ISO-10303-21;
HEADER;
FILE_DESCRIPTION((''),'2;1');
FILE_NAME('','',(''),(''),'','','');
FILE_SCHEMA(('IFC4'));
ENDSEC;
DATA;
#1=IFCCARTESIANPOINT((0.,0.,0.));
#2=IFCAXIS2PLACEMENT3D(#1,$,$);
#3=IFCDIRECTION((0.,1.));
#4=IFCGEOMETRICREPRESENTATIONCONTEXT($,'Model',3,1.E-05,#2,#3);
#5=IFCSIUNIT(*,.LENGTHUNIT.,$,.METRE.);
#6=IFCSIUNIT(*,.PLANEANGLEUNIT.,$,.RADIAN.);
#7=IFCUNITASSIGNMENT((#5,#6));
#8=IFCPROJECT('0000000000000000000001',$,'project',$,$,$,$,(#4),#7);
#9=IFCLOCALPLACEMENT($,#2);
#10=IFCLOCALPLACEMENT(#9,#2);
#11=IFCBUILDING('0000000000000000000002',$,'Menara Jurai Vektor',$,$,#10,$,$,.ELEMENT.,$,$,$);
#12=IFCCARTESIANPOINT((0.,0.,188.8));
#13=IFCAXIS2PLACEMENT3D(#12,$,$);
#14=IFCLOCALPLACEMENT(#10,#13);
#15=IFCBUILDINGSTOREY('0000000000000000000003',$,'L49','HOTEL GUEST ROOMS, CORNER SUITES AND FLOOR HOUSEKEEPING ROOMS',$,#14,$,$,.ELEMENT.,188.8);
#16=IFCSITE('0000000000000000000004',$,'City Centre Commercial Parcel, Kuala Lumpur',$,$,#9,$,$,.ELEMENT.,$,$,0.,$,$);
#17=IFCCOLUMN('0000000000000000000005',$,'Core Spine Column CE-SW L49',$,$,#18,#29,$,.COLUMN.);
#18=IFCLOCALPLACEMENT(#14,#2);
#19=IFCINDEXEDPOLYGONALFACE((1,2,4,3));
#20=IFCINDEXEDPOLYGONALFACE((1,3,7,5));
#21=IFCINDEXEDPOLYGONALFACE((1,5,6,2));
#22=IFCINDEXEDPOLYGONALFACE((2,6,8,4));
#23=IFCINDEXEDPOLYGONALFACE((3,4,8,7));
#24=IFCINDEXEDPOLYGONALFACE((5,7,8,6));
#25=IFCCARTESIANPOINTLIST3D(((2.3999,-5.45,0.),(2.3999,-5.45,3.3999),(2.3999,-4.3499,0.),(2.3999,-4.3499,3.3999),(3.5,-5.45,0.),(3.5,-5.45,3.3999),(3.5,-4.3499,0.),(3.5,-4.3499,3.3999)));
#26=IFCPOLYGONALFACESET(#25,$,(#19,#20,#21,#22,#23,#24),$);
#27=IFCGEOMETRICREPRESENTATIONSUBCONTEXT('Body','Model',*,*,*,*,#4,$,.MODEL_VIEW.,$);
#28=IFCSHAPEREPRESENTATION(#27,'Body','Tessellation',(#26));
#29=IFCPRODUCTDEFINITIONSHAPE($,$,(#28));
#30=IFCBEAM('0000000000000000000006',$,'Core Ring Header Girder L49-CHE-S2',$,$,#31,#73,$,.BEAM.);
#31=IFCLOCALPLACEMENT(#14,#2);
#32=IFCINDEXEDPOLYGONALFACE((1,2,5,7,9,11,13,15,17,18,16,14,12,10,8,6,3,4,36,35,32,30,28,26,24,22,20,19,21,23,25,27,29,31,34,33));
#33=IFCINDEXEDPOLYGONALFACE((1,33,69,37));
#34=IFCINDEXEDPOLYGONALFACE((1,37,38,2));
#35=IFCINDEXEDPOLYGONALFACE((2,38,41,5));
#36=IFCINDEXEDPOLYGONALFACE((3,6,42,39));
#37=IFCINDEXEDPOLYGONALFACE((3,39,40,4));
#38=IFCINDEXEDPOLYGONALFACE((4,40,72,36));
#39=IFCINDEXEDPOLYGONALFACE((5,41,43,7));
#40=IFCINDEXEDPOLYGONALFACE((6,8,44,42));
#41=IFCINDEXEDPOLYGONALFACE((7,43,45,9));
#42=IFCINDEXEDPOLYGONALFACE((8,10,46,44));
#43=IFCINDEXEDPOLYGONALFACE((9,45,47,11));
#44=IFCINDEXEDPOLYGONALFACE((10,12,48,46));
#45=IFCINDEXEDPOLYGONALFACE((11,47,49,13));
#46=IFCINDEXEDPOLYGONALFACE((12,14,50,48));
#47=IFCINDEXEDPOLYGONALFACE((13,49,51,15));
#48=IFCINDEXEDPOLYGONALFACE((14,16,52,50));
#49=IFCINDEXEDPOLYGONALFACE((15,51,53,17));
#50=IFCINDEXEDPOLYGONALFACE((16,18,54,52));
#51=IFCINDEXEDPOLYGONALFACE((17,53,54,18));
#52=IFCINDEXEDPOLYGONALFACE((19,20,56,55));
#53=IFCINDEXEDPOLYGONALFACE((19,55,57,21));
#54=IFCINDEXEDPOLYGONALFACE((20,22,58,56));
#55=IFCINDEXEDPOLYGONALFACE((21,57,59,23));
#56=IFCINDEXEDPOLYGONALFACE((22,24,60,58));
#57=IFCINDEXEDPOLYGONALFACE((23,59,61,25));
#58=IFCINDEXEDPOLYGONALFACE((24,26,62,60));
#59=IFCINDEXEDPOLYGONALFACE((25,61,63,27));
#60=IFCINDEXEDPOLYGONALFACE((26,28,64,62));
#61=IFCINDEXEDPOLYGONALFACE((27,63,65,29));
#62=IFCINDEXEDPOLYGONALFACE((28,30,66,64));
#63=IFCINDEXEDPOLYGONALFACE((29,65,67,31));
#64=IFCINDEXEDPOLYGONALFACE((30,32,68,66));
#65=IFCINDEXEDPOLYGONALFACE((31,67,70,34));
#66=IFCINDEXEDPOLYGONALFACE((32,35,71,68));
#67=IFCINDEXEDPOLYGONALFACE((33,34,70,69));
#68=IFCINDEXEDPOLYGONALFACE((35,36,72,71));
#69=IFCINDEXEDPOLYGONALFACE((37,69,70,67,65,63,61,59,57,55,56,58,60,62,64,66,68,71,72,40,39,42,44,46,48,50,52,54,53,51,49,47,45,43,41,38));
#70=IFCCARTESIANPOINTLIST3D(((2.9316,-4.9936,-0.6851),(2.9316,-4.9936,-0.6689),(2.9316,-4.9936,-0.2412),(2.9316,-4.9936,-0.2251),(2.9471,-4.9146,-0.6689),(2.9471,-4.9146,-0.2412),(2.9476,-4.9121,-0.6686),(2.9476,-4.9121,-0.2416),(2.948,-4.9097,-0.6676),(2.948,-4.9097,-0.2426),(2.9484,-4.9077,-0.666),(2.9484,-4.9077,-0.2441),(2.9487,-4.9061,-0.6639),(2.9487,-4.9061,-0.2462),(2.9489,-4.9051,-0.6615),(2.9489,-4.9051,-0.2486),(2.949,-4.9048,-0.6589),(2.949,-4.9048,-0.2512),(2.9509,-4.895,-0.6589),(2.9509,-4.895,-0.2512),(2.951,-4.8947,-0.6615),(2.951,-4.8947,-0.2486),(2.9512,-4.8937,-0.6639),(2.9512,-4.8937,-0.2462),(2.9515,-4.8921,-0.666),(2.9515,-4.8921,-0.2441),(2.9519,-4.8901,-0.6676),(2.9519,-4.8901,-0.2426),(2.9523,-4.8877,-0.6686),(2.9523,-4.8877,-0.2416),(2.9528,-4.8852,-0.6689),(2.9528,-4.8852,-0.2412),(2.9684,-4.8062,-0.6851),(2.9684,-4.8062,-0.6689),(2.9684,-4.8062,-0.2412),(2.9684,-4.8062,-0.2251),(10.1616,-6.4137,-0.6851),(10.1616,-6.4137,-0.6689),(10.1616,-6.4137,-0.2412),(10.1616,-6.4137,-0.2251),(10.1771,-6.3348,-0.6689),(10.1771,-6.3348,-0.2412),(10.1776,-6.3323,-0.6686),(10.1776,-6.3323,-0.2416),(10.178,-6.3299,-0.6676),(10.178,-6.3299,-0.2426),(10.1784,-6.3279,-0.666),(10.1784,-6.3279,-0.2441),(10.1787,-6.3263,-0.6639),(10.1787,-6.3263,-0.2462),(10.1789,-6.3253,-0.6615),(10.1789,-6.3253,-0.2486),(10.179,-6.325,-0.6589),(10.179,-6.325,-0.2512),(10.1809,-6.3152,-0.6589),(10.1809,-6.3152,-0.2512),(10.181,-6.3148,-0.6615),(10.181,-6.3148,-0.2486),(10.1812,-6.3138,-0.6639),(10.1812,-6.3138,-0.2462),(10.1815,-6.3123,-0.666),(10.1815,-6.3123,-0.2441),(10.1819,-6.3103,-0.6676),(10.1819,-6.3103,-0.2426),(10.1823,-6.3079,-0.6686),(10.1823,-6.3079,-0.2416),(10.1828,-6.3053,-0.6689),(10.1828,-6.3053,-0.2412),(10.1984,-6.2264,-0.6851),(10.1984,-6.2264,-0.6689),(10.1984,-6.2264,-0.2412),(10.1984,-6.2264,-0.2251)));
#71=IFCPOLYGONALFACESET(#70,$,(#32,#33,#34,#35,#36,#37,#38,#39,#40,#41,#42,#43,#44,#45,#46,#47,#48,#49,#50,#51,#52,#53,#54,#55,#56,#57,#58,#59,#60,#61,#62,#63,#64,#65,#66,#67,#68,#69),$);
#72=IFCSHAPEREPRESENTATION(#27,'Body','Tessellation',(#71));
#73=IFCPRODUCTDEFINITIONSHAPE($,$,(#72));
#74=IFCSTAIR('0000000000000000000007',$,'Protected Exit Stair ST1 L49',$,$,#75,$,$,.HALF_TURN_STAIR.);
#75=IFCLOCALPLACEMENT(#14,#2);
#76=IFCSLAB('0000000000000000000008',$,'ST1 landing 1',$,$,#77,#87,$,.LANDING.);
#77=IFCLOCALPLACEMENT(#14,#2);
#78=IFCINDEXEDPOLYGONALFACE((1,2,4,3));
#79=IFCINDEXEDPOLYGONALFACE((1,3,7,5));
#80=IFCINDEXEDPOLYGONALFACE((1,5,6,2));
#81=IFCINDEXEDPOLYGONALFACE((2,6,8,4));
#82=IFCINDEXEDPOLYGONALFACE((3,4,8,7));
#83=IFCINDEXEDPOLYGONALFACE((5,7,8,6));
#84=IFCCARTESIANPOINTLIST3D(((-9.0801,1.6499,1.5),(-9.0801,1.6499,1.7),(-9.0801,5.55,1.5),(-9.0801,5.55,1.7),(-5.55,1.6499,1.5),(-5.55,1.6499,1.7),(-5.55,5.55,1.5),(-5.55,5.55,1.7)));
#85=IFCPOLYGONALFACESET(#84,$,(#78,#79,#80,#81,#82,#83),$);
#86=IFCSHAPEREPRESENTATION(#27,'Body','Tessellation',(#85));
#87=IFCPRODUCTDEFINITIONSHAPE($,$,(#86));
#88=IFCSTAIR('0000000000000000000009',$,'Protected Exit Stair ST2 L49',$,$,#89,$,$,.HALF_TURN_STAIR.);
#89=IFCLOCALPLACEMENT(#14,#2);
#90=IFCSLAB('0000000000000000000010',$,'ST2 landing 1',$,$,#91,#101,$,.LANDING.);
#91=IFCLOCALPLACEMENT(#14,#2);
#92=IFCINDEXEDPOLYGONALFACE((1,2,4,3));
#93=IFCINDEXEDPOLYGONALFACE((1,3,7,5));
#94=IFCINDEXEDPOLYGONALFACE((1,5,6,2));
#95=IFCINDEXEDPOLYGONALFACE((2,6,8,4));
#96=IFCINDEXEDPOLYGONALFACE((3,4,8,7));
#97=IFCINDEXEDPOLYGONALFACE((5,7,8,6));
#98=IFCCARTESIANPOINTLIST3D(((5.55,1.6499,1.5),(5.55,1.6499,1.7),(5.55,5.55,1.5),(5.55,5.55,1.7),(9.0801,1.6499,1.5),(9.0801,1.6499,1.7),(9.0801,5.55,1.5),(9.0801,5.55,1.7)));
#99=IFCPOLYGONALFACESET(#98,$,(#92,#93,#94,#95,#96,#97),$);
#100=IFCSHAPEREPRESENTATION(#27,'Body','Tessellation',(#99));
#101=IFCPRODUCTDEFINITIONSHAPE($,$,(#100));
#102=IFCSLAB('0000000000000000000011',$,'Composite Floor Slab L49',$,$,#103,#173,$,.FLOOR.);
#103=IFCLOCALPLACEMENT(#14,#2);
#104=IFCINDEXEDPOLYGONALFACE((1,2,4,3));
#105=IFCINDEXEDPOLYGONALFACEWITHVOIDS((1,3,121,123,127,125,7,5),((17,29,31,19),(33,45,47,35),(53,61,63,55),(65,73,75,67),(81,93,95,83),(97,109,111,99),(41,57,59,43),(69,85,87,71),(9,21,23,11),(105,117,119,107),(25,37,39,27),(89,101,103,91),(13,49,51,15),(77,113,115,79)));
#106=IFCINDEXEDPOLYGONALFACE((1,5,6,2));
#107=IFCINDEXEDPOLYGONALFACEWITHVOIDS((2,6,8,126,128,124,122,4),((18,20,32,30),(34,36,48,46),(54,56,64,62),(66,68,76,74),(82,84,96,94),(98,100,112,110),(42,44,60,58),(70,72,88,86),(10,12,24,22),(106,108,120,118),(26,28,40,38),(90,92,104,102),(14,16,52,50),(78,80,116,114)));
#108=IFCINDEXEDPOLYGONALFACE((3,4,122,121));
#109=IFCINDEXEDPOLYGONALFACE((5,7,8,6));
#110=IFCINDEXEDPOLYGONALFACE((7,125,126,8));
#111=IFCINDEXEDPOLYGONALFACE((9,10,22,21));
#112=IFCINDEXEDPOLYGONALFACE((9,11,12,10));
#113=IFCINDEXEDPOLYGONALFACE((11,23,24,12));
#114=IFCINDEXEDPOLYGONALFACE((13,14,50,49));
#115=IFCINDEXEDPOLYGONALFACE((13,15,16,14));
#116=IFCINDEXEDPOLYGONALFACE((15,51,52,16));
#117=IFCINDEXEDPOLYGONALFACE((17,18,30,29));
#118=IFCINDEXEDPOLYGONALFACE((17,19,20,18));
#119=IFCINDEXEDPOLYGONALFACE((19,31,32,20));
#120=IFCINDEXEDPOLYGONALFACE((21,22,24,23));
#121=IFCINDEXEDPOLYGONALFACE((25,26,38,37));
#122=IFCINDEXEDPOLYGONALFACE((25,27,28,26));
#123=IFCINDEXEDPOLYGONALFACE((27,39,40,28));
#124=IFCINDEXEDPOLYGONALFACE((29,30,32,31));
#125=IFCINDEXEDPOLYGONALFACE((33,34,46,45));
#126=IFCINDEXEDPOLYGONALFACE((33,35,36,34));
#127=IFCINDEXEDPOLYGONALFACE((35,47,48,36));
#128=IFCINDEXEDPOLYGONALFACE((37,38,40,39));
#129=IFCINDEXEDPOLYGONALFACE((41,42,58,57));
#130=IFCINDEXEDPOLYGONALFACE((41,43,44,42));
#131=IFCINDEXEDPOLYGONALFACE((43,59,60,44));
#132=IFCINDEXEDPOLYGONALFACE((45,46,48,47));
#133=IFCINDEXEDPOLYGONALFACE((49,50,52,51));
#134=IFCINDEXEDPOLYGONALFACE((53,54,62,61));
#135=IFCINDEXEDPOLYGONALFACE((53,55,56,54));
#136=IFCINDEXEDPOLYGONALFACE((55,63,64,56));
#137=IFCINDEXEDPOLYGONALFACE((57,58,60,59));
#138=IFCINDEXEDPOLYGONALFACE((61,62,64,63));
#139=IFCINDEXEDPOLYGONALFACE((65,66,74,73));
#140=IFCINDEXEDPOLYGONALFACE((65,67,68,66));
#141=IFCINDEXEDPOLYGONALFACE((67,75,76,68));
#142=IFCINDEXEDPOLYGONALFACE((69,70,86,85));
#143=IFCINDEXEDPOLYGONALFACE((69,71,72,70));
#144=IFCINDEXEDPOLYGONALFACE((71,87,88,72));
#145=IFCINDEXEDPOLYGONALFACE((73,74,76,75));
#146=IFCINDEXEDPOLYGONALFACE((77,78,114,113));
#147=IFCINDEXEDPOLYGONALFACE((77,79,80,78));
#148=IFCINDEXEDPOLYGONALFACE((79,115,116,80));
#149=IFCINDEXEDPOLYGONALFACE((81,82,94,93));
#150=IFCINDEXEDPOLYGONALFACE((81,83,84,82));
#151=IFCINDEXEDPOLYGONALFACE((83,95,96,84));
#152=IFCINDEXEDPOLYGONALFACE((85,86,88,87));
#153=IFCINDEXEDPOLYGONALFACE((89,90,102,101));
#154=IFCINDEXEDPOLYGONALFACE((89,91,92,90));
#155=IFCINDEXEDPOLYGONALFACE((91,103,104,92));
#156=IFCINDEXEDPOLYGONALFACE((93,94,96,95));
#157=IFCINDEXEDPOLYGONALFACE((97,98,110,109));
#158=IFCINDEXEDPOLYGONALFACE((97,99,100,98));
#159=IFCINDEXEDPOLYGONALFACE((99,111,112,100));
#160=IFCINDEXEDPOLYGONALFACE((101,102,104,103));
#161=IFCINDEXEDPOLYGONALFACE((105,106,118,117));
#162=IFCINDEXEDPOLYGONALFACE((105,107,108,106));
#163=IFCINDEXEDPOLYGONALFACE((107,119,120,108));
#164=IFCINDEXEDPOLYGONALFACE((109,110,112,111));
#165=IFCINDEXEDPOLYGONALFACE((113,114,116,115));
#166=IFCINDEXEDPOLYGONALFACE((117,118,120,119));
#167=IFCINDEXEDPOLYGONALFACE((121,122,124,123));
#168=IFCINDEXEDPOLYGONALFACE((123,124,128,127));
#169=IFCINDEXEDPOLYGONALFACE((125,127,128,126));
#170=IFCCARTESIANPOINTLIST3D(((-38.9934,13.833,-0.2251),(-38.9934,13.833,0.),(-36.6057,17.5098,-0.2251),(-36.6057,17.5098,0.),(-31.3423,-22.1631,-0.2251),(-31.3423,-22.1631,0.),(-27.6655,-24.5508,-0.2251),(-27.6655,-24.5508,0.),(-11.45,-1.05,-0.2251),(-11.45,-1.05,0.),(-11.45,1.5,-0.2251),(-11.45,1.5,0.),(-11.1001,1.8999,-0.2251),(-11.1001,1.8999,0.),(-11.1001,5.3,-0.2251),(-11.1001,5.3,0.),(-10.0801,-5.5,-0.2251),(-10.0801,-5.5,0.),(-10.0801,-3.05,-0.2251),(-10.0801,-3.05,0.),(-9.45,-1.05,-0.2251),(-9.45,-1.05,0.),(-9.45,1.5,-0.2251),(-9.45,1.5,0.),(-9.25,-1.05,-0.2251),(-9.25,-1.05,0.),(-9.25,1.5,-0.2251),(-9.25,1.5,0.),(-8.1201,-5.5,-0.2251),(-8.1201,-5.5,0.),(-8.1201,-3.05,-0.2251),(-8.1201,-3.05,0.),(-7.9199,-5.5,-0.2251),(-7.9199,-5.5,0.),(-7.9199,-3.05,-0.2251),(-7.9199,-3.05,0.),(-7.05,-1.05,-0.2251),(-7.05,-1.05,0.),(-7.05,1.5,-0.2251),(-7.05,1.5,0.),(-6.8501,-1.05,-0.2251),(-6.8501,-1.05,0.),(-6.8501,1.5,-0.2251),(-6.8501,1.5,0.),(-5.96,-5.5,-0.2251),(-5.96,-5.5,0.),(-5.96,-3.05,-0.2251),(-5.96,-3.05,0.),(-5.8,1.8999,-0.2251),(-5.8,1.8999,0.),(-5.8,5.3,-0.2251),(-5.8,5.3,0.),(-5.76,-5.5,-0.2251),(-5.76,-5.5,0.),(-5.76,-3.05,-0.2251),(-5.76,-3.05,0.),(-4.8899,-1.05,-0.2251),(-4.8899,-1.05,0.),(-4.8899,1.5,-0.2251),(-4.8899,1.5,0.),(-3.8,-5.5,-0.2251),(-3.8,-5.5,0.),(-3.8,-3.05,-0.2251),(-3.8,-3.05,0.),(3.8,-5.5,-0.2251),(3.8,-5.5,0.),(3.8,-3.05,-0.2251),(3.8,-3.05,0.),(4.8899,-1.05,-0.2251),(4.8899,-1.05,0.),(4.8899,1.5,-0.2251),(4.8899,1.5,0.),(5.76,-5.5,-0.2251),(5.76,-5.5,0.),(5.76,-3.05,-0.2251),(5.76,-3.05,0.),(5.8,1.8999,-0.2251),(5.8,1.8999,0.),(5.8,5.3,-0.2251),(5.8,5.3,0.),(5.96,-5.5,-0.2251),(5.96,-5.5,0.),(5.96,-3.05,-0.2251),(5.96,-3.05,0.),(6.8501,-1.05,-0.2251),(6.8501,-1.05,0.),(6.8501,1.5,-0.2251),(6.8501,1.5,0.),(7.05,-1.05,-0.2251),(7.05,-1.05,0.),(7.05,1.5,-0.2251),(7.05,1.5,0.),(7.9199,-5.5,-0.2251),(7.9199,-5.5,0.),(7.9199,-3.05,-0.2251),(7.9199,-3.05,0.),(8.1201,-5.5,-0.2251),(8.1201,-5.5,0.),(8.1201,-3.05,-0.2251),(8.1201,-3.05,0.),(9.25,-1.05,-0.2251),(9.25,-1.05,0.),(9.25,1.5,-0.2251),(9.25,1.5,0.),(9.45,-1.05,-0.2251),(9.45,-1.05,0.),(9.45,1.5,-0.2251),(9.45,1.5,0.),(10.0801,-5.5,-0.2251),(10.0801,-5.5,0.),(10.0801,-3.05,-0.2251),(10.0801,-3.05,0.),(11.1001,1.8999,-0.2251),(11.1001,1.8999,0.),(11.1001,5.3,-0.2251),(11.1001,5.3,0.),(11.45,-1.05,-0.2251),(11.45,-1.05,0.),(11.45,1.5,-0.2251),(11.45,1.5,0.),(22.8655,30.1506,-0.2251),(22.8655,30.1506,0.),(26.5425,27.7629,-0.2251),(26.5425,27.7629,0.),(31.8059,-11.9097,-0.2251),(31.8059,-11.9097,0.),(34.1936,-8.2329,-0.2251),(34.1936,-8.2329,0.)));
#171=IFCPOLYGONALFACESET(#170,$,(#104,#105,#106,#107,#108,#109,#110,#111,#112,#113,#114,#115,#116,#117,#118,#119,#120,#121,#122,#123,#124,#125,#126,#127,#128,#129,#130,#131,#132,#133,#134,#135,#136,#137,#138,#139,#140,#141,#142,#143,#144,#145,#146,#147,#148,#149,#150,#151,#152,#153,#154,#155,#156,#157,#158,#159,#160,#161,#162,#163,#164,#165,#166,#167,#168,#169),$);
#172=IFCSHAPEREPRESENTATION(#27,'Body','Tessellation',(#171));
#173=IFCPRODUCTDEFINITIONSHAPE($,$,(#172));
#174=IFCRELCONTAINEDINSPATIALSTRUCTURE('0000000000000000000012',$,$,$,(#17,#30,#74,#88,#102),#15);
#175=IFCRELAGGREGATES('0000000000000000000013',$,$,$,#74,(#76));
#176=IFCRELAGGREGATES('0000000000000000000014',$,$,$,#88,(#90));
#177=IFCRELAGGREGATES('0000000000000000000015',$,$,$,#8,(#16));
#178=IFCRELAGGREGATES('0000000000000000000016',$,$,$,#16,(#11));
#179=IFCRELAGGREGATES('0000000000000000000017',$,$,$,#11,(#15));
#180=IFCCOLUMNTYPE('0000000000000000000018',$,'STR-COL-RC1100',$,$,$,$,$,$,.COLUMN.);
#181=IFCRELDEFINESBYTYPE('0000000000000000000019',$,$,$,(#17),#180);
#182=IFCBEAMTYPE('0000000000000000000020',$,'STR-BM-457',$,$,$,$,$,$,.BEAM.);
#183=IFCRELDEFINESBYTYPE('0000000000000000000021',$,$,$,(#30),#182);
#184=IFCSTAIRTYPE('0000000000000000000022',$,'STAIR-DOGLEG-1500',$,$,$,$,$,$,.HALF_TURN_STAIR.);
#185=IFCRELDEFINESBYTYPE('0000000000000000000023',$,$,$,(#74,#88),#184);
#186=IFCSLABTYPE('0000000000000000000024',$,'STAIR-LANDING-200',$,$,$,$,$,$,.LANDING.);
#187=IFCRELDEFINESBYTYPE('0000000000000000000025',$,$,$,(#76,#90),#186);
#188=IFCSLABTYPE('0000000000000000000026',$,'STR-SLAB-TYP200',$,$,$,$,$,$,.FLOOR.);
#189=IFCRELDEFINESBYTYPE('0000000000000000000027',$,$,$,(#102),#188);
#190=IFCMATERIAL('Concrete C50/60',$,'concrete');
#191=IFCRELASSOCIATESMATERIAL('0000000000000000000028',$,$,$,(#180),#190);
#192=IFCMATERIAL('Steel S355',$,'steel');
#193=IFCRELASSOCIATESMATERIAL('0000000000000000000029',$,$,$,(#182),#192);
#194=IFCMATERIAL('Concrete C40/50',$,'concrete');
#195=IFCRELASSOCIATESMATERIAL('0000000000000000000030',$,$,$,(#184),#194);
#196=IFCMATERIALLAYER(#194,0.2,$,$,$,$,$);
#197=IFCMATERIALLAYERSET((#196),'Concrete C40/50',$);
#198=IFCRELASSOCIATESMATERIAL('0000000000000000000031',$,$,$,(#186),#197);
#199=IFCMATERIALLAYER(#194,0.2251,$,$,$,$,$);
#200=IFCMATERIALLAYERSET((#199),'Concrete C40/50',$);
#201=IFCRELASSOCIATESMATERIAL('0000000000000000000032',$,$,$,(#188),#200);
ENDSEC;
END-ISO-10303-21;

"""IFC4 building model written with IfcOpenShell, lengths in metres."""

from ifc_helpers import new_model, si_unit, direction, frame, origin, origin_2d, place, context, subcontext, project, spatial, polyline, rectangle, i_section, outline, extrude, material, layer, layer_set, material_profile, profile_set, type_object, element, aggregate, save


model = new_model("IFC4")

# Units and contexts
model_context = context("Model", 3, precision=1e-05, world=origin(), true_north=direction((0.0, 1.0)))
body_context = subcontext(model_context, "Body", "Model", "MODEL_VIEW")
ifc_project = project(units=[si_unit("LENGTHUNIT", "METRE"), si_unit("PLANEANGLEUNIT", "RADIAN")], contexts=[model_context])

# Site, building, storey
site_placement = place(None, origin())
site = spatial("IfcSite", under=ifc_project, at=site_placement, Name="City Centre Commercial Parcel, Kuala Lumpur", CompositionType="ELEMENT", RefElevation=0.0)
building_placement = place(site_placement, origin())
building = spatial("IfcBuilding", under=site, at=building_placement, Name="Menara Jurai Vektor", CompositionType="ELEMENT")
storey_placement = place(building_placement, frame((0.0, 0.0, 188.8)))
storey = spatial("IfcBuildingStorey", under=building, at=storey_placement, Name="L49", Description="HOTEL GUEST ROOMS, CORNER SUITES AND FLOOR HOUSEKEEPING ROOMS", CompositionType="ELEMENT", Elevation=188.8)

# Column
ifc_material_1 = material(Name="Concrete C50/60", Category="concrete")
ifc_material_profile_1 = material_profile(ifc_material_1, rectangle(XDim=1.1001, YDim=1.1001, at=origin_2d()), Name="RC 1100x1100")
ifc_profile_set_1 = profile_set([ifc_material_profile_1], Name="Concrete C50/60")
column_type = type_object("IfcColumnType", Name="STR-COL-RC1100", PredefinedType="COLUMN", material=ifc_profile_set_1)
column_placement = place(storey_placement, frame((2.95, -4.8999, 0.0), z_axis=(0.0, 0.0, 1.0), x_axis=(1.0, 0.0, 0.0)))
element("IfcColumn", 1, at=column_placement, inside=storey, type_object=column_type, Name="Core Spine Column CE-SW L49", PredefinedType="COLUMN", context=body_context, shape_type="SweptSolid", body=[
    extrude(rectangle(XDim=1.1001, YDim=1.1001, at=origin_2d()), origin(), (0.0, 0.0, 1.0), 3.3999),
])

# Beam
ifc_material_2 = material(Name="Steel S355", Category="steel")
ifc_material_profile_2 = material_profile(ifc_material_2, i_section(OverallWidth=0.1909, OverallDepth=0.46, WebThickness=0.01, FlangeThickness=0.0161, FilletRadius=0.01, at=origin_2d()), Name="UKB 457x191x82")
ifc_profile_set_2 = profile_set([ifc_material_profile_2], Name="Steel S355")
beam_type = type_object("IfcBeamType", Name="STR-BM-457", PredefinedType="BEAM", material=ifc_profile_set_2)
beam_placement = place(storey_placement, frame((2.95, -4.8999, -0.4551), z_axis=(0.981249, -0.192744, 0.0), x_axis=(0.192744, 0.981249, 0.0)))
element("IfcBeam", 2, at=beam_placement, inside=storey, type_object=beam_type, Name="Core Ring Header Girder L49-CHE-S2", PredefinedType="BEAM", context=body_context, shape_type="SweptSolid", body=[
    extrude(i_section(OverallWidth=0.1909, OverallDepth=0.46, WebThickness=0.01, FlangeThickness=0.0161, FilletRadius=0.01, at=origin_2d()), origin(), (0.0, 0.0, 1.0), 7.3682),
])

# Stairs, slabs
ifc_material_3 = material(Name="Concrete C40/50", Category="concrete")
stair_type = type_object("IfcStairType", Name="STAIR-DOGLEG-1500", PredefinedType="HALF_TURN_STAIR", material=ifc_material_3)
stair_1_placement = place(storey_placement, origin())
stair_1 = element("IfcStair", 3, at=stair_1_placement, inside=storey, type_object=stair_type, Name="Protected Exit Stair ST1 L49", PredefinedType="HALF_TURN_STAIR")
ifc_layer_1 = layer(ifc_material_3, 0.2)
ifc_layer_set_1 = layer_set([ifc_layer_1], Name="Concrete C40/50")
slab_type_1 = type_object("IfcSlabType", Name="STAIR-LANDING-200", PredefinedType="LANDING", material=ifc_layer_set_1)
slab_1_placement = place(storey_placement, frame((0.0, 0.0, 1.5)))
slab_1 = element("IfcSlab", 4, at=slab_1_placement, type_object=slab_type_1, Name="ST1 landing 1", PredefinedType="LANDING", context=body_context, shape_type="SweptSolid", body=[
    extrude(outline(polyline([(-9.0801, 1.6499), (-5.55, 1.6499), (-5.55, 5.55), (-9.0801, 5.55), (-9.0801, 1.6499)])), origin(), (0.0, 0.0, 1.0), 0.2),
])
aggregate(stair_1, [slab_1])
stair_2_placement = place(storey_placement, origin())
stair_2 = element("IfcStair", 5, at=stair_2_placement, inside=storey, type_object=stair_type, Name="Protected Exit Stair ST2 L49", PredefinedType="HALF_TURN_STAIR")
slab_2_placement = place(storey_placement, frame((0.0, 0.0, 1.5)))
slab_2 = element("IfcSlab", 6, at=slab_2_placement, type_object=slab_type_1, Name="ST2 landing 1", PredefinedType="LANDING", context=body_context, shape_type="SweptSolid", body=[
    extrude(outline(polyline([(5.55, 1.6499), (9.0801, 1.6499), (9.0801, 5.55), (5.55, 5.55), (5.55, 1.6499)])), origin(), (0.0, 0.0, 1.0), 0.2),
])
aggregate(stair_2, [slab_2])

# Slab
ifc_layer_2 = layer(ifc_material_3, 0.2251)
ifc_layer_set_2 = layer_set([ifc_layer_2], Name="Concrete C40/50")
slab_type_2 = type_object("IfcSlabType", Name="STR-SLAB-TYP200", PredefinedType="FLOOR", material=ifc_layer_set_2)
slab_3_placement = place(storey_placement, frame((0.0, 0.0, -0.2251)))
element("IfcSlab", 7, at=slab_3_placement, inside=storey, type_object=slab_type_2, Name="Composite Floor Slab L49", PredefinedType="FLOOR", context=body_context, shape_type="SweptSolid", body=[
    extrude(outline(polyline([(-27.6655, -24.5508), (31.8059, -11.9097), (34.1936, -8.2329), (26.5425, 27.7629), (22.8655, 30.1506), (-36.6057, 17.5098), (-38.9934, 13.833), (-31.3423, -22.1631), (-27.6655, -24.5508)]), holes=[polyline([(-11.1001, 1.8999), (-11.1001, 5.3), (-5.8, 5.3), (-5.8, 1.8999), (-11.1001, 1.8999)]), polyline([(5.8, 1.8999), (5.8, 5.3), (11.1001, 5.3), (11.1001, 1.8999), (5.8, 1.8999)]), polyline([(-11.45, -1.05), (-11.45, 1.5), (-9.45, 1.5), (-9.45, -1.05), (-11.45, -1.05)]), polyline([(9.45, -1.05), (9.45, 1.5), (11.45, 1.5), (11.45, -1.05), (9.45, -1.05)]), polyline([(-5.76, -5.5), (-5.76, -3.05), (-3.8, -3.05), (-3.8, -5.5), (-5.76, -5.5)]), polyline([(-6.8501, -1.05), (-6.8501, 1.5), (-4.8899, 1.5), (-4.8899, -1.05), (-6.8501, -1.05)]), polyline([(3.8, -5.5), (3.8, -3.05), (5.76, -3.05), (5.76, -5.5), (3.8, -5.5)]), polyline([(4.8899, -1.05), (4.8899, 1.5), (6.8501, 1.5), (6.8501, -1.05), (4.8899, -1.05)]), polyline([(-10.0801, -5.5), (-10.0801, -3.05), (-8.1201, -3.05), (-8.1201, -5.5), (-10.0801, -5.5)]), polyline([(-7.9199, -5.5), (-7.9199, -3.05), (-5.96, -3.05), (-5.96, -5.5), (-7.9199, -5.5)]), polyline([(5.96, -5.5), (5.96, -3.05), (7.9199, -3.05), (7.9199, -5.5), (5.96, -5.5)]), polyline([(8.1201, -5.5), (8.1201, -3.05), (10.0801, -3.05), (10.0801, -5.5), (8.1201, -5.5)]), polyline([(-9.25, -1.05), (-9.25, 1.5), (-7.05, 1.5), (-7.05, -1.05), (-9.25, -1.05)]), polyline([(7.05, -1.05), (7.05, 1.5), (9.25, 1.5), (9.25, -1.05), (7.05, -1.05)])]), origin(), (0.0, 0.0, 1.0), 0.2251),
])

save(model, "model.ifc")
